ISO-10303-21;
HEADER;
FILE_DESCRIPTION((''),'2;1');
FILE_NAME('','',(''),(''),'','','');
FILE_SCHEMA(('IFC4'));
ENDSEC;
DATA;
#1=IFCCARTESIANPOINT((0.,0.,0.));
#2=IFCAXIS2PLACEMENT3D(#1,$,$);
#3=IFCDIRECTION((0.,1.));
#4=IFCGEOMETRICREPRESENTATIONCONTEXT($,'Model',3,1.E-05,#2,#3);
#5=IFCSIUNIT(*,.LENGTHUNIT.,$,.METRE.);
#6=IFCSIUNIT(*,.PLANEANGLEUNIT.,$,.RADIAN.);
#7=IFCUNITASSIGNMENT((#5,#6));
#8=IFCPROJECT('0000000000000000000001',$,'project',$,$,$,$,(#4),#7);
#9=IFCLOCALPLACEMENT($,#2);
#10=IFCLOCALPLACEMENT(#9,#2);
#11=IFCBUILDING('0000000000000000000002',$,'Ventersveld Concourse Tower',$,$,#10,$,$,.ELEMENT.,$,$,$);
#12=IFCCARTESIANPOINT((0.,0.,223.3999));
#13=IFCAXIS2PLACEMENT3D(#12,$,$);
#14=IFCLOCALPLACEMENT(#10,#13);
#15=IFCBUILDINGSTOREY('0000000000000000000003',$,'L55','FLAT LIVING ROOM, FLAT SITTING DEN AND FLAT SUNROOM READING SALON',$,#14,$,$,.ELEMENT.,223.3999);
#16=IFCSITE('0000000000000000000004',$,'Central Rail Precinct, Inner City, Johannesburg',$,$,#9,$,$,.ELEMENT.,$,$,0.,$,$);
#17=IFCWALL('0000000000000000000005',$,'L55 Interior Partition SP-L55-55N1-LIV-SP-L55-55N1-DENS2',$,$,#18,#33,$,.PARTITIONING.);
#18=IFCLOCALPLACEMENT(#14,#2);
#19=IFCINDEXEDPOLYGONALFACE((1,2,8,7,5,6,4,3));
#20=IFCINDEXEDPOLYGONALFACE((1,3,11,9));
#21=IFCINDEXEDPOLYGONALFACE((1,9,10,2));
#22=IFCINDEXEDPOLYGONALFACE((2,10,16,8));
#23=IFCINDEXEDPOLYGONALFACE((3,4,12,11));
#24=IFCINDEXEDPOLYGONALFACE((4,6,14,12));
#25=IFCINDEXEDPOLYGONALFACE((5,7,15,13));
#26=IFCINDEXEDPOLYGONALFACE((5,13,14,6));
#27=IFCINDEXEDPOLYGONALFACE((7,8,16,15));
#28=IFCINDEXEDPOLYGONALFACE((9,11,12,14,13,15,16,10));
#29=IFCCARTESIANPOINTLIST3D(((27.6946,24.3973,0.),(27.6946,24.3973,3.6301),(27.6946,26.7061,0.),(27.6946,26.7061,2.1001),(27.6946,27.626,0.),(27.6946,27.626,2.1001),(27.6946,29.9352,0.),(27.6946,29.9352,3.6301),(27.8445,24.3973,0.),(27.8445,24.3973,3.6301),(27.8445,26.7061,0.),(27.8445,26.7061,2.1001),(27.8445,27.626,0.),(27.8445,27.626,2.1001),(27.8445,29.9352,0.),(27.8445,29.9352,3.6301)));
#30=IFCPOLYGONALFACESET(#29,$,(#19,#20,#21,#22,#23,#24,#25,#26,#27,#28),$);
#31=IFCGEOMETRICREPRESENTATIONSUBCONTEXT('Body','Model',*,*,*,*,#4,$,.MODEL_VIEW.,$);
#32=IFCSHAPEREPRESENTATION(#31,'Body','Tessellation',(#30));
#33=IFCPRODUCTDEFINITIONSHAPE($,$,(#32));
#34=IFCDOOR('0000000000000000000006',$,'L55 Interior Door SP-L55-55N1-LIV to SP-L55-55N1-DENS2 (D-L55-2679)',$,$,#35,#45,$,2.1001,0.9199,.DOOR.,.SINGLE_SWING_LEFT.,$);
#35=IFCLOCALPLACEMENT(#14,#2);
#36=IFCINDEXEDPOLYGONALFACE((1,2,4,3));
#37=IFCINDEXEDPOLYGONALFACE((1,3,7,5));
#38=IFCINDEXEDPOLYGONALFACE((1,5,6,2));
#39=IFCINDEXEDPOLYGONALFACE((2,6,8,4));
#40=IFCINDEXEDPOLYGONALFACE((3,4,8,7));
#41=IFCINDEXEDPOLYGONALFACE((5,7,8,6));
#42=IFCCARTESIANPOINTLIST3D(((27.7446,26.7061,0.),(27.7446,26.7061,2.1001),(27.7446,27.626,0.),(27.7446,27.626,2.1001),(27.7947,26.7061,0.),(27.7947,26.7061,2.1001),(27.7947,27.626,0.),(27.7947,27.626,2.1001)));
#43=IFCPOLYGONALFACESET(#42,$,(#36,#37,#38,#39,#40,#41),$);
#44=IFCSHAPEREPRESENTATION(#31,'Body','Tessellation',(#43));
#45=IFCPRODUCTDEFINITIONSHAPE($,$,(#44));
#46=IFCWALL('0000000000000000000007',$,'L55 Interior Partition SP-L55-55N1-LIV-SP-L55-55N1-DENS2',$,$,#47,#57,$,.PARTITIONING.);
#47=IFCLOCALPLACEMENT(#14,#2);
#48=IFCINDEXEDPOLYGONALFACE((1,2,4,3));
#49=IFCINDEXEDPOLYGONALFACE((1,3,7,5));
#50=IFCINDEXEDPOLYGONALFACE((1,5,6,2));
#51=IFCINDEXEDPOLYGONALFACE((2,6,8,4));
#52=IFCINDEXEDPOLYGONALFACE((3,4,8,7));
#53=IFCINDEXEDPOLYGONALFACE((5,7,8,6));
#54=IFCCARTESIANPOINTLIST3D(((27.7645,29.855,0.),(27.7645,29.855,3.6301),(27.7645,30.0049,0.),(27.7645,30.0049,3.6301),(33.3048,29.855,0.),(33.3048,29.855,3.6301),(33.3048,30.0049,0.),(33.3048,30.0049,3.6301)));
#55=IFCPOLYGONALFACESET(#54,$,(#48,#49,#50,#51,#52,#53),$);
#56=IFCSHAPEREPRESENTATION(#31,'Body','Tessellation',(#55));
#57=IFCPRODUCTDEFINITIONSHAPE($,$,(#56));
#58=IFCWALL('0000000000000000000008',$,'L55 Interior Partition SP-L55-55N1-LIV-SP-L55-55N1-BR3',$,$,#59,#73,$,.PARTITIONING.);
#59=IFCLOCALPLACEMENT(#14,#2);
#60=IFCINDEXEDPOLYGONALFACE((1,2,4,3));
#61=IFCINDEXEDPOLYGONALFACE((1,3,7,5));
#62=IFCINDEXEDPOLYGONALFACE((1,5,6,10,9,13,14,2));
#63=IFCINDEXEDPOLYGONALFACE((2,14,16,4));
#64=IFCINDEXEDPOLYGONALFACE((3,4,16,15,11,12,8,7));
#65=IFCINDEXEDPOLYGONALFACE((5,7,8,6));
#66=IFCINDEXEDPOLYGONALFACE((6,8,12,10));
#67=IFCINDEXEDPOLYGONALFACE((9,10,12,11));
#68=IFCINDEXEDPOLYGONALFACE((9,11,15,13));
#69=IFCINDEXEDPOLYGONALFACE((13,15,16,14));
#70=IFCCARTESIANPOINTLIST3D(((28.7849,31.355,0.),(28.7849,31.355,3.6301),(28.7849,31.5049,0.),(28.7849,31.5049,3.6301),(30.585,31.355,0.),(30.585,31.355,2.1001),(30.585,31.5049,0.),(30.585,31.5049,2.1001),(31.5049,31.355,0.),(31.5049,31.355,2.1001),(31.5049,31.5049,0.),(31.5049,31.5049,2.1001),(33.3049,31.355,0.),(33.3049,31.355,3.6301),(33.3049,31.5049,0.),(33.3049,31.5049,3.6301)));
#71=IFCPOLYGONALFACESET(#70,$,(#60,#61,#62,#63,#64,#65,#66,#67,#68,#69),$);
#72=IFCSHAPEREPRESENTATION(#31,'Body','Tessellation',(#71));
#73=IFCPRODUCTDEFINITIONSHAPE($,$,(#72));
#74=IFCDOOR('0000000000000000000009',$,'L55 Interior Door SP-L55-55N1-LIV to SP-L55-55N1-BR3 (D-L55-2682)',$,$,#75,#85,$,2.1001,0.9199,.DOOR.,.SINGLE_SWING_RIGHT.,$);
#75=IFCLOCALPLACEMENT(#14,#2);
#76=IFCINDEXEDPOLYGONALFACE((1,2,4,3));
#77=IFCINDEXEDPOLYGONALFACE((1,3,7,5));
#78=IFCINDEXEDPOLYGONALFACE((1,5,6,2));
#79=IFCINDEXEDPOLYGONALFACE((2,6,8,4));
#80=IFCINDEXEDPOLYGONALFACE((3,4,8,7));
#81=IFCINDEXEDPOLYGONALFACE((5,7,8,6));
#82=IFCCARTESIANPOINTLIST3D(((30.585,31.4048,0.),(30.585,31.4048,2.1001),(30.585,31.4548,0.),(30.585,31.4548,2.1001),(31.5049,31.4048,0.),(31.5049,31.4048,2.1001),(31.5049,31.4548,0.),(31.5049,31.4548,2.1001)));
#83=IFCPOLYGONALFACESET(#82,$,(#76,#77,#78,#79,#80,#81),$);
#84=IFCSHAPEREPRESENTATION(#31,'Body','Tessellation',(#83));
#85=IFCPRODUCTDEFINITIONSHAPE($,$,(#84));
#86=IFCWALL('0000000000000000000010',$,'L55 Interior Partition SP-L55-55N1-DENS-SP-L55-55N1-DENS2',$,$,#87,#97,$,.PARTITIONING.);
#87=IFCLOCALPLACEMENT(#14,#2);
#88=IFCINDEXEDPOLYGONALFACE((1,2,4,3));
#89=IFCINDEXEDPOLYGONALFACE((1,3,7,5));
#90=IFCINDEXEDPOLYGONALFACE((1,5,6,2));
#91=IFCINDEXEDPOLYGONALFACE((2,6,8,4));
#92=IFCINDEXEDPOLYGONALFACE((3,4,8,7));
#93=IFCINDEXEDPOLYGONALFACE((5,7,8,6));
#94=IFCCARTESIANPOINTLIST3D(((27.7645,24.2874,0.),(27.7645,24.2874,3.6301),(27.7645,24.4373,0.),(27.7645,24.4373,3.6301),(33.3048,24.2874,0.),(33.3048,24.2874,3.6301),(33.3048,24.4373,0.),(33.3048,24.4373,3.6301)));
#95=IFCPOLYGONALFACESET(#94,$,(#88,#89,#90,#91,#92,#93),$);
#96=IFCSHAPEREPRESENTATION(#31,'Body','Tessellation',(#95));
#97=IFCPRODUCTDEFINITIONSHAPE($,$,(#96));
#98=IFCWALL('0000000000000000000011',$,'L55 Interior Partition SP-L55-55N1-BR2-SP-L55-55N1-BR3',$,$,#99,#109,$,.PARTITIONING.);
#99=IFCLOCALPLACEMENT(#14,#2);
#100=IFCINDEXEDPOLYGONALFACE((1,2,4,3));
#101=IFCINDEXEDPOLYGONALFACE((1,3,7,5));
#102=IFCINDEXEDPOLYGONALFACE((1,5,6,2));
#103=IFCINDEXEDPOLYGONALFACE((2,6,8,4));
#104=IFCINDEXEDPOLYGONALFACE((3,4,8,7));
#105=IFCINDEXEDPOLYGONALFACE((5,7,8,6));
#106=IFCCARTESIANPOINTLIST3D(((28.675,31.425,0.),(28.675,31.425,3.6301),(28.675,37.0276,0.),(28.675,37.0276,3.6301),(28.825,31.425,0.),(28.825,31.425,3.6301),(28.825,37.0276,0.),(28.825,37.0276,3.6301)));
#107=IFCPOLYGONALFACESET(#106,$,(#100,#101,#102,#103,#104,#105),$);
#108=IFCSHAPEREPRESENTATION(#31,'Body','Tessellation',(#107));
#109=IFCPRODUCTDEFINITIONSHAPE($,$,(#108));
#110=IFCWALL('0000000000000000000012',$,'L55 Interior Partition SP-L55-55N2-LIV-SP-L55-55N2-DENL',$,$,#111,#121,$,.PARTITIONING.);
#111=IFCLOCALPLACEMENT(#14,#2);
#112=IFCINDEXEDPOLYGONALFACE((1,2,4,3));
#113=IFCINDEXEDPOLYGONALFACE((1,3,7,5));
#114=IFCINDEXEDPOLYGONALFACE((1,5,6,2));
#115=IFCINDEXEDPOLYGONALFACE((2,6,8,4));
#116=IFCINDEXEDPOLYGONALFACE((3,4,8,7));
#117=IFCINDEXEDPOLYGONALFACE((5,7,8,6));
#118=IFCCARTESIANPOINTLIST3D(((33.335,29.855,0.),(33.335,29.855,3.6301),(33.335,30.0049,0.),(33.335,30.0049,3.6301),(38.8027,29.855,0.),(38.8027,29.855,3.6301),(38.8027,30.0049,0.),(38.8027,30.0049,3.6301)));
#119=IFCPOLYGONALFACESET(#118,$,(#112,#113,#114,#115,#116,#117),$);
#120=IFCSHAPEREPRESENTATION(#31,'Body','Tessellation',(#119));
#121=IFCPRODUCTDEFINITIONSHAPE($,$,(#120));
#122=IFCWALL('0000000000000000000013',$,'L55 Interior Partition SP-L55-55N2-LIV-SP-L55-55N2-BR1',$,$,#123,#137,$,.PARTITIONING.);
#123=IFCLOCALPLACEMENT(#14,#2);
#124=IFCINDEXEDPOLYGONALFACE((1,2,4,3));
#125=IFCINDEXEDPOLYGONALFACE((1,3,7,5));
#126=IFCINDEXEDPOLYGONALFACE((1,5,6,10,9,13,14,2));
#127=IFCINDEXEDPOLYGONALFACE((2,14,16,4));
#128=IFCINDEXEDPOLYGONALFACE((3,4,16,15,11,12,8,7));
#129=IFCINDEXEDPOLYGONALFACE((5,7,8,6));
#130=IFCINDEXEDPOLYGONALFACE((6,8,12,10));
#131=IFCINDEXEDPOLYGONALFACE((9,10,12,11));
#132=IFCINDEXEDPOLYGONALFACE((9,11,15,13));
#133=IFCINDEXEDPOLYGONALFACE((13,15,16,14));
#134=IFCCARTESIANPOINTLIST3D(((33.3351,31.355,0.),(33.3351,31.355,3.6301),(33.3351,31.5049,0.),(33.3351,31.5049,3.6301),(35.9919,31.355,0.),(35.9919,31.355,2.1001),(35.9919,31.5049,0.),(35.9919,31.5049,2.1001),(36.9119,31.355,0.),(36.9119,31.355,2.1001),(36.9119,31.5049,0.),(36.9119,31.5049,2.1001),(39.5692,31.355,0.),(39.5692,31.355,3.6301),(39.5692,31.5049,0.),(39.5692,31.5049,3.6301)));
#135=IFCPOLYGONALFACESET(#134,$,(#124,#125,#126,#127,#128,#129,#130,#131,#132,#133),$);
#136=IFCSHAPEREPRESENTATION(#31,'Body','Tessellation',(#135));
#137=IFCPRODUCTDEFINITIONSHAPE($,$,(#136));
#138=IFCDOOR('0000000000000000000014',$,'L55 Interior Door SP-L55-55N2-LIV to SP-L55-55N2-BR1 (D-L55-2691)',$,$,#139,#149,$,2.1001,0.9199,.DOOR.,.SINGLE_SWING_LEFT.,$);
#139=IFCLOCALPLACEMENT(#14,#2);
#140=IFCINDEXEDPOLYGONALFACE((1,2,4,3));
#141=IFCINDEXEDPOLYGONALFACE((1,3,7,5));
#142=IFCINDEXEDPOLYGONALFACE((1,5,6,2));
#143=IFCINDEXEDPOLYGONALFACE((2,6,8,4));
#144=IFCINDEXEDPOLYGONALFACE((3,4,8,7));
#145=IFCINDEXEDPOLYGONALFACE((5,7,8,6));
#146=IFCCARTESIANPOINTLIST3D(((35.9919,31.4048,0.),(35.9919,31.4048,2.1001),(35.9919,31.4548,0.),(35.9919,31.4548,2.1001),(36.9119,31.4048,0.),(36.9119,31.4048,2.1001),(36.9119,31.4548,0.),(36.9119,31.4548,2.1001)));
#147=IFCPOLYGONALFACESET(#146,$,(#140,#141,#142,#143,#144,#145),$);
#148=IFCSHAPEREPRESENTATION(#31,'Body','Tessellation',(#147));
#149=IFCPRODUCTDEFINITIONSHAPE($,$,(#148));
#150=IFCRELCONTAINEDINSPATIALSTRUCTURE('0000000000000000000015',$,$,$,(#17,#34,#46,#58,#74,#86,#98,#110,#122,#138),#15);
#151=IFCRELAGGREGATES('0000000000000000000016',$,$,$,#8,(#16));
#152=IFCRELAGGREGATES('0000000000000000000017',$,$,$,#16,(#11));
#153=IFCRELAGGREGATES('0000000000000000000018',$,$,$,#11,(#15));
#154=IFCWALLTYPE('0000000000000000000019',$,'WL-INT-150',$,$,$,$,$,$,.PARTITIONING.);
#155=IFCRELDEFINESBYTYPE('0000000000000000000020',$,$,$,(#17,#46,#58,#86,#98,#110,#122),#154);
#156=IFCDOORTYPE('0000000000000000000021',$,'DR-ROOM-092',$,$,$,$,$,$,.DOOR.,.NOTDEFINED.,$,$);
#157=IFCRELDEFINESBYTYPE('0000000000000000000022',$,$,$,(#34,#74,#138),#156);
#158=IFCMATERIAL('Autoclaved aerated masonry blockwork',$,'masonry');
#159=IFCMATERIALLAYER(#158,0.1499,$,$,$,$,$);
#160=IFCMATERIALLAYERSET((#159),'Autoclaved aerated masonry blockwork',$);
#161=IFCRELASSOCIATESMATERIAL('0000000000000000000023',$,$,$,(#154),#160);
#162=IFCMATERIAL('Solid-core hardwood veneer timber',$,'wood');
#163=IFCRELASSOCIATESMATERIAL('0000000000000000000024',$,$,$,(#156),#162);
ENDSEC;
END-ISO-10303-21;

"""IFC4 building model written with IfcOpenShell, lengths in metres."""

from ifc_helpers import new_model, si_unit, direction, frame, frame_2d, origin, place, context, subcontext, project, spatial, rectangle, extrude, material, layer, layer_set, type_object, element, fill, save


model = new_model("IFC4")

# Units and contexts
model_context = context("Model", 3, precision=1e-05, world=origin(), true_north=direction((0.0, 1.0)))
body_context = subcontext(model_context, "Body", "Model", "MODEL_VIEW")
ifc_project = project(units=[si_unit("LENGTHUNIT", "METRE"), si_unit("PLANEANGLEUNIT", "RADIAN")], contexts=[model_context])

# Site, building, storey
site_placement = place(None, origin())
site = spatial("IfcSite", under=ifc_project, at=site_placement, Name="Central Rail Precinct, Inner City, Johannesburg", CompositionType="ELEMENT", RefElevation=0.0)
building_placement = place(site_placement, origin())
building = spatial("IfcBuilding", under=site, at=building_placement, Name="Ventersveld Concourse Tower", CompositionType="ELEMENT")
storey_placement = place(building_placement, frame((0.0, 0.0, 223.3999)))
storey = spatial("IfcBuildingStorey", under=building, at=storey_placement, Name="L55", Description="FLAT LIVING ROOM, FLAT SITTING DEN AND FLAT SUNROOM READING SALON", CompositionType="ELEMENT", Elevation=223.3999)

# Wall, opening, door
ifc_material_1 = material(Name="Autoclaved aerated masonry blockwork", Category="masonry")
ifc_layer_1 = layer(ifc_material_1, 0.1499)
ifc_layer_set_1 = layer_set([ifc_layer_1], Name="Autoclaved aerated masonry blockwork")
wall_type_1 = type_object("IfcWallType", Name="WL-INT-150", PredefinedType="PARTITIONING", material=ifc_layer_set_1)
wall_1_placement = place(storey_placement, frame((27.7695, 24.3972, 0.0), z_axis=(0.0, 0.0, 1.0), x_axis=(0.0, 1.0, 0.0)))
wall_1 = element("IfcWall", 1, at=wall_1_placement, inside=storey, type_object=wall_type_1, Name="L55 Interior Partition SP-L55-55N1-LIV-SP-L55-55N1-DENS2", PredefinedType="PARTITIONING", context=body_context, shape_type="SweptSolid", body=[
    extrude(rectangle(XDim=5.5378, YDim=0.1499, at=frame_2d((2.769, 0.0))), origin(), (0.0, 0.0, 1.0), 3.6301),
])
opening_1_placement = place(wall_1_placement, frame((2.3088, 0.0, 0.0)))
opening_1 = element("IfcOpeningElement", 2, at=opening_1_placement, cuts=wall_1, PredefinedType="OPENING", context=body_context, shape_type="SweptSolid", body=[
    extrude(rectangle(XDim=0.9199, YDim=2.1001, at=frame_2d((0.46, 1.05))), frame((0.0, 0.085, 0.0), z_axis=(0.0, -1.0, 0.0), x_axis=(1.0, 0.0, 0.0)), (0.0, 0.0, 1.0), 0.1699),
])
ifc_material_2 = material(Name="Solid-core hardwood veneer timber", Category="wood")
door_type = type_object("IfcDoorType", Name="DR-ROOM-092", OperationType="NOTDEFINED", PredefinedType="DOOR", material=ifc_material_2)
door_1_placement = place(opening_1_placement, origin())
door_1 = element("IfcDoor", 3, at=door_1_placement, inside=storey, type_object=door_type, Name="L55 Interior Door SP-L55-55N1-LIV to SP-L55-55N1-DENS2 (D-L55-2679)", OperationType="SINGLE_SWING_LEFT", OverallHeight=2.1001, OverallWidth=0.9199, PredefinedType="DOOR", context=body_context, shape_type="SweptSolid", body=[
    extrude(rectangle(XDim=0.9199, YDim=2.1001, at=frame_2d((0.46, 1.05))), frame((0.0, 0.0249, 0.0), z_axis=(0.0, -1.0, 0.0), x_axis=(1.0, 0.0, 0.0)), (0.0, 0.0, 1.0), 0.05),
])
fill(opening_1, door_1)

# Wall
wall_2_placement = place(storey_placement, frame((27.7646, 29.9299, 0.0), z_axis=(0.0, 0.0, 1.0), x_axis=(1.0, 0.0, 0.0)))
element("IfcWall", 4, at=wall_2_placement, inside=storey, type_object=wall_type_1, Name="L55 Interior Partition SP-L55-55N1-LIV-SP-L55-55N1-DENS2", PredefinedType="PARTITIONING", context=body_context, shape_type="SweptSolid", body=[
    extrude(rectangle(XDim=5.5403, YDim=0.1499, at=frame_2d((2.77, 0.0))), origin(), (0.0, 0.0, 1.0), 3.6301),
])

# Wall, opening, door
wall_3_placement = place(storey_placement, frame((28.7849, 31.4299, 0.0), z_axis=(0.0, 0.0, 1.0), x_axis=(1.0, 0.0, 0.0)))
wall_3 = element("IfcWall", 5, at=wall_3_placement, inside=storey, type_object=wall_type_1, Name="L55 Interior Partition SP-L55-55N1-LIV-SP-L55-55N1-BR3", PredefinedType="PARTITIONING", context=body_context, shape_type="SweptSolid", body=[
    extrude(rectangle(XDim=4.52, YDim=0.1499, at=frame_2d((2.26, 0.0))), origin(), (0.0, 0.0, 1.0), 3.6301),
])
opening_2_placement = place(wall_3_placement, frame((1.8, 0.0, 0.0)))
opening_2 = element("IfcOpeningElement", 6, at=opening_2_placement, cuts=wall_3, PredefinedType="OPENING", context=body_context, shape_type="SweptSolid", body=[
    extrude(rectangle(XDim=0.9199, YDim=2.1001, at=frame_2d((0.46, 1.05))), frame((0.0, 0.085, 0.0), z_axis=(0.0, -1.0, 0.0), x_axis=(1.0, 0.0, 0.0)), (0.0, 0.0, 1.0), 0.1699),
])
door_2_placement = place(opening_2_placement, origin())
door_2 = element("IfcDoor", 7, at=door_2_placement, inside=storey, type_object=door_type, Name="L55 Interior Door SP-L55-55N1-LIV to SP-L55-55N1-BR3 (D-L55-2682)", OperationType="SINGLE_SWING_RIGHT", OverallHeight=2.1001, OverallWidth=0.9199, PredefinedType="DOOR", context=body_context, shape_type="SweptSolid", body=[
    extrude(rectangle(XDim=0.9199, YDim=2.1001, at=frame_2d((0.46, 1.05))), frame((0.0, 0.0249, 0.0), z_axis=(0.0, -1.0, 0.0), x_axis=(1.0, 0.0, 0.0)), (0.0, 0.0, 1.0), 0.05),
])
fill(opening_2, door_2)

# Walls
wall_4_placement = place(storey_placement, frame((27.7646, 24.3623, 0.0), z_axis=(0.0, 0.0, 1.0), x_axis=(1.0, 0.0, 0.0)))
element("IfcWall", 8, at=wall_4_placement, inside=storey, type_object=wall_type_1, Name="L55 Interior Partition SP-L55-55N1-DENS-SP-L55-55N1-DENS2", PredefinedType="PARTITIONING", context=body_context, shape_type="SweptSolid", body=[
    extrude(rectangle(XDim=5.5403, YDim=0.1499, at=frame_2d((2.77, 0.0))), origin(), (0.0, 0.0, 1.0), 3.6301),
])
wall_5_placement = place(storey_placement, frame((28.75, 31.425, 0.0), z_axis=(0.0, 0.0, 1.0), x_axis=(0.0, 1.0, 0.0)))
element("IfcWall", 9, at=wall_5_placement, inside=storey, type_object=wall_type_1, Name="L55 Interior Partition SP-L55-55N1-BR2-SP-L55-55N1-BR3", PredefinedType="PARTITIONING", context=body_context, shape_type="SweptSolid", body=[
    extrude(rectangle(XDim=5.6025, YDim=0.1499, at=frame_2d((2.8013, 0.0))), origin(), (0.0, 0.0, 1.0), 3.6301),
])
wall_6_placement = place(storey_placement, frame((33.335, 29.9299, 0.0), z_axis=(0.0, 0.0, 1.0), x_axis=(1.0, 0.0, 0.0)))
element("IfcWall", 10, at=wall_6_placement, inside=storey, type_object=wall_type_1, Name="L55 Interior Partition SP-L55-55N2-LIV-SP-L55-55N2-DENL", PredefinedType="PARTITIONING", context=body_context, shape_type="SweptSolid", body=[
    extrude(rectangle(XDim=5.4678, YDim=0.1499, at=frame_2d((2.7339, 0.0))), origin(), (0.0, 0.0, 1.0), 3.6301),
])

# Wall, opening, door
wall_7_placement = place(storey_placement, frame((33.335, 31.4299, 0.0), z_axis=(0.0, 0.0, 1.0), x_axis=(1.0, 0.0, 0.0)))
wall_7 = element("IfcWall", 11, at=wall_7_placement, inside=storey, type_object=wall_type_1, Name="L55 Interior Partition SP-L55-55N2-LIV-SP-L55-55N2-BR1", PredefinedType="PARTITIONING", context=body_context, shape_type="SweptSolid", body=[
    extrude(rectangle(XDim=6.2341, YDim=0.1499, at=frame_2d((3.1172, 0.0))), origin(), (0.0, 0.0, 1.0), 3.6301),
])
opening_3_placement = place(wall_7_placement, frame((2.657, 0.0, 0.0)))
opening_3 = element("IfcOpeningElement", 12, at=opening_3_placement, cuts=wall_7, PredefinedType="OPENING", context=body_context, shape_type="SweptSolid", body=[
    extrude(rectangle(XDim=0.9199, YDim=2.1001, at=frame_2d((0.46, 1.05))), frame((0.0, 0.085, 0.0), z_axis=(0.0, -1.0, 0.0), x_axis=(1.0, 0.0, 0.0)), (0.0, 0.0, 1.0), 0.1699),
])
door_3_placement = place(opening_3_placement, origin())
door_3 = element("IfcDoor", 13, at=door_3_placement, inside=storey, type_object=door_type, Name="L55 Interior Door SP-L55-55N2-LIV to SP-L55-55N2-BR1 (D-L55-2691)", OperationType="SINGLE_SWING_LEFT", OverallHeight=2.1001, OverallWidth=0.9199, PredefinedType="DOOR", context=body_context, shape_type="SweptSolid", body=[
    extrude(rectangle(XDim=0.9199, YDim=2.1001, at=frame_2d((0.46, 1.05))), frame((0.0, 0.0249, 0.0), z_axis=(0.0, -1.0, 0.0), x_axis=(1.0, 0.0, 0.0)), (0.0, 0.0, 1.0), 0.05),
])
fill(opening_3, door_3)

save(model, "model.ifc")
